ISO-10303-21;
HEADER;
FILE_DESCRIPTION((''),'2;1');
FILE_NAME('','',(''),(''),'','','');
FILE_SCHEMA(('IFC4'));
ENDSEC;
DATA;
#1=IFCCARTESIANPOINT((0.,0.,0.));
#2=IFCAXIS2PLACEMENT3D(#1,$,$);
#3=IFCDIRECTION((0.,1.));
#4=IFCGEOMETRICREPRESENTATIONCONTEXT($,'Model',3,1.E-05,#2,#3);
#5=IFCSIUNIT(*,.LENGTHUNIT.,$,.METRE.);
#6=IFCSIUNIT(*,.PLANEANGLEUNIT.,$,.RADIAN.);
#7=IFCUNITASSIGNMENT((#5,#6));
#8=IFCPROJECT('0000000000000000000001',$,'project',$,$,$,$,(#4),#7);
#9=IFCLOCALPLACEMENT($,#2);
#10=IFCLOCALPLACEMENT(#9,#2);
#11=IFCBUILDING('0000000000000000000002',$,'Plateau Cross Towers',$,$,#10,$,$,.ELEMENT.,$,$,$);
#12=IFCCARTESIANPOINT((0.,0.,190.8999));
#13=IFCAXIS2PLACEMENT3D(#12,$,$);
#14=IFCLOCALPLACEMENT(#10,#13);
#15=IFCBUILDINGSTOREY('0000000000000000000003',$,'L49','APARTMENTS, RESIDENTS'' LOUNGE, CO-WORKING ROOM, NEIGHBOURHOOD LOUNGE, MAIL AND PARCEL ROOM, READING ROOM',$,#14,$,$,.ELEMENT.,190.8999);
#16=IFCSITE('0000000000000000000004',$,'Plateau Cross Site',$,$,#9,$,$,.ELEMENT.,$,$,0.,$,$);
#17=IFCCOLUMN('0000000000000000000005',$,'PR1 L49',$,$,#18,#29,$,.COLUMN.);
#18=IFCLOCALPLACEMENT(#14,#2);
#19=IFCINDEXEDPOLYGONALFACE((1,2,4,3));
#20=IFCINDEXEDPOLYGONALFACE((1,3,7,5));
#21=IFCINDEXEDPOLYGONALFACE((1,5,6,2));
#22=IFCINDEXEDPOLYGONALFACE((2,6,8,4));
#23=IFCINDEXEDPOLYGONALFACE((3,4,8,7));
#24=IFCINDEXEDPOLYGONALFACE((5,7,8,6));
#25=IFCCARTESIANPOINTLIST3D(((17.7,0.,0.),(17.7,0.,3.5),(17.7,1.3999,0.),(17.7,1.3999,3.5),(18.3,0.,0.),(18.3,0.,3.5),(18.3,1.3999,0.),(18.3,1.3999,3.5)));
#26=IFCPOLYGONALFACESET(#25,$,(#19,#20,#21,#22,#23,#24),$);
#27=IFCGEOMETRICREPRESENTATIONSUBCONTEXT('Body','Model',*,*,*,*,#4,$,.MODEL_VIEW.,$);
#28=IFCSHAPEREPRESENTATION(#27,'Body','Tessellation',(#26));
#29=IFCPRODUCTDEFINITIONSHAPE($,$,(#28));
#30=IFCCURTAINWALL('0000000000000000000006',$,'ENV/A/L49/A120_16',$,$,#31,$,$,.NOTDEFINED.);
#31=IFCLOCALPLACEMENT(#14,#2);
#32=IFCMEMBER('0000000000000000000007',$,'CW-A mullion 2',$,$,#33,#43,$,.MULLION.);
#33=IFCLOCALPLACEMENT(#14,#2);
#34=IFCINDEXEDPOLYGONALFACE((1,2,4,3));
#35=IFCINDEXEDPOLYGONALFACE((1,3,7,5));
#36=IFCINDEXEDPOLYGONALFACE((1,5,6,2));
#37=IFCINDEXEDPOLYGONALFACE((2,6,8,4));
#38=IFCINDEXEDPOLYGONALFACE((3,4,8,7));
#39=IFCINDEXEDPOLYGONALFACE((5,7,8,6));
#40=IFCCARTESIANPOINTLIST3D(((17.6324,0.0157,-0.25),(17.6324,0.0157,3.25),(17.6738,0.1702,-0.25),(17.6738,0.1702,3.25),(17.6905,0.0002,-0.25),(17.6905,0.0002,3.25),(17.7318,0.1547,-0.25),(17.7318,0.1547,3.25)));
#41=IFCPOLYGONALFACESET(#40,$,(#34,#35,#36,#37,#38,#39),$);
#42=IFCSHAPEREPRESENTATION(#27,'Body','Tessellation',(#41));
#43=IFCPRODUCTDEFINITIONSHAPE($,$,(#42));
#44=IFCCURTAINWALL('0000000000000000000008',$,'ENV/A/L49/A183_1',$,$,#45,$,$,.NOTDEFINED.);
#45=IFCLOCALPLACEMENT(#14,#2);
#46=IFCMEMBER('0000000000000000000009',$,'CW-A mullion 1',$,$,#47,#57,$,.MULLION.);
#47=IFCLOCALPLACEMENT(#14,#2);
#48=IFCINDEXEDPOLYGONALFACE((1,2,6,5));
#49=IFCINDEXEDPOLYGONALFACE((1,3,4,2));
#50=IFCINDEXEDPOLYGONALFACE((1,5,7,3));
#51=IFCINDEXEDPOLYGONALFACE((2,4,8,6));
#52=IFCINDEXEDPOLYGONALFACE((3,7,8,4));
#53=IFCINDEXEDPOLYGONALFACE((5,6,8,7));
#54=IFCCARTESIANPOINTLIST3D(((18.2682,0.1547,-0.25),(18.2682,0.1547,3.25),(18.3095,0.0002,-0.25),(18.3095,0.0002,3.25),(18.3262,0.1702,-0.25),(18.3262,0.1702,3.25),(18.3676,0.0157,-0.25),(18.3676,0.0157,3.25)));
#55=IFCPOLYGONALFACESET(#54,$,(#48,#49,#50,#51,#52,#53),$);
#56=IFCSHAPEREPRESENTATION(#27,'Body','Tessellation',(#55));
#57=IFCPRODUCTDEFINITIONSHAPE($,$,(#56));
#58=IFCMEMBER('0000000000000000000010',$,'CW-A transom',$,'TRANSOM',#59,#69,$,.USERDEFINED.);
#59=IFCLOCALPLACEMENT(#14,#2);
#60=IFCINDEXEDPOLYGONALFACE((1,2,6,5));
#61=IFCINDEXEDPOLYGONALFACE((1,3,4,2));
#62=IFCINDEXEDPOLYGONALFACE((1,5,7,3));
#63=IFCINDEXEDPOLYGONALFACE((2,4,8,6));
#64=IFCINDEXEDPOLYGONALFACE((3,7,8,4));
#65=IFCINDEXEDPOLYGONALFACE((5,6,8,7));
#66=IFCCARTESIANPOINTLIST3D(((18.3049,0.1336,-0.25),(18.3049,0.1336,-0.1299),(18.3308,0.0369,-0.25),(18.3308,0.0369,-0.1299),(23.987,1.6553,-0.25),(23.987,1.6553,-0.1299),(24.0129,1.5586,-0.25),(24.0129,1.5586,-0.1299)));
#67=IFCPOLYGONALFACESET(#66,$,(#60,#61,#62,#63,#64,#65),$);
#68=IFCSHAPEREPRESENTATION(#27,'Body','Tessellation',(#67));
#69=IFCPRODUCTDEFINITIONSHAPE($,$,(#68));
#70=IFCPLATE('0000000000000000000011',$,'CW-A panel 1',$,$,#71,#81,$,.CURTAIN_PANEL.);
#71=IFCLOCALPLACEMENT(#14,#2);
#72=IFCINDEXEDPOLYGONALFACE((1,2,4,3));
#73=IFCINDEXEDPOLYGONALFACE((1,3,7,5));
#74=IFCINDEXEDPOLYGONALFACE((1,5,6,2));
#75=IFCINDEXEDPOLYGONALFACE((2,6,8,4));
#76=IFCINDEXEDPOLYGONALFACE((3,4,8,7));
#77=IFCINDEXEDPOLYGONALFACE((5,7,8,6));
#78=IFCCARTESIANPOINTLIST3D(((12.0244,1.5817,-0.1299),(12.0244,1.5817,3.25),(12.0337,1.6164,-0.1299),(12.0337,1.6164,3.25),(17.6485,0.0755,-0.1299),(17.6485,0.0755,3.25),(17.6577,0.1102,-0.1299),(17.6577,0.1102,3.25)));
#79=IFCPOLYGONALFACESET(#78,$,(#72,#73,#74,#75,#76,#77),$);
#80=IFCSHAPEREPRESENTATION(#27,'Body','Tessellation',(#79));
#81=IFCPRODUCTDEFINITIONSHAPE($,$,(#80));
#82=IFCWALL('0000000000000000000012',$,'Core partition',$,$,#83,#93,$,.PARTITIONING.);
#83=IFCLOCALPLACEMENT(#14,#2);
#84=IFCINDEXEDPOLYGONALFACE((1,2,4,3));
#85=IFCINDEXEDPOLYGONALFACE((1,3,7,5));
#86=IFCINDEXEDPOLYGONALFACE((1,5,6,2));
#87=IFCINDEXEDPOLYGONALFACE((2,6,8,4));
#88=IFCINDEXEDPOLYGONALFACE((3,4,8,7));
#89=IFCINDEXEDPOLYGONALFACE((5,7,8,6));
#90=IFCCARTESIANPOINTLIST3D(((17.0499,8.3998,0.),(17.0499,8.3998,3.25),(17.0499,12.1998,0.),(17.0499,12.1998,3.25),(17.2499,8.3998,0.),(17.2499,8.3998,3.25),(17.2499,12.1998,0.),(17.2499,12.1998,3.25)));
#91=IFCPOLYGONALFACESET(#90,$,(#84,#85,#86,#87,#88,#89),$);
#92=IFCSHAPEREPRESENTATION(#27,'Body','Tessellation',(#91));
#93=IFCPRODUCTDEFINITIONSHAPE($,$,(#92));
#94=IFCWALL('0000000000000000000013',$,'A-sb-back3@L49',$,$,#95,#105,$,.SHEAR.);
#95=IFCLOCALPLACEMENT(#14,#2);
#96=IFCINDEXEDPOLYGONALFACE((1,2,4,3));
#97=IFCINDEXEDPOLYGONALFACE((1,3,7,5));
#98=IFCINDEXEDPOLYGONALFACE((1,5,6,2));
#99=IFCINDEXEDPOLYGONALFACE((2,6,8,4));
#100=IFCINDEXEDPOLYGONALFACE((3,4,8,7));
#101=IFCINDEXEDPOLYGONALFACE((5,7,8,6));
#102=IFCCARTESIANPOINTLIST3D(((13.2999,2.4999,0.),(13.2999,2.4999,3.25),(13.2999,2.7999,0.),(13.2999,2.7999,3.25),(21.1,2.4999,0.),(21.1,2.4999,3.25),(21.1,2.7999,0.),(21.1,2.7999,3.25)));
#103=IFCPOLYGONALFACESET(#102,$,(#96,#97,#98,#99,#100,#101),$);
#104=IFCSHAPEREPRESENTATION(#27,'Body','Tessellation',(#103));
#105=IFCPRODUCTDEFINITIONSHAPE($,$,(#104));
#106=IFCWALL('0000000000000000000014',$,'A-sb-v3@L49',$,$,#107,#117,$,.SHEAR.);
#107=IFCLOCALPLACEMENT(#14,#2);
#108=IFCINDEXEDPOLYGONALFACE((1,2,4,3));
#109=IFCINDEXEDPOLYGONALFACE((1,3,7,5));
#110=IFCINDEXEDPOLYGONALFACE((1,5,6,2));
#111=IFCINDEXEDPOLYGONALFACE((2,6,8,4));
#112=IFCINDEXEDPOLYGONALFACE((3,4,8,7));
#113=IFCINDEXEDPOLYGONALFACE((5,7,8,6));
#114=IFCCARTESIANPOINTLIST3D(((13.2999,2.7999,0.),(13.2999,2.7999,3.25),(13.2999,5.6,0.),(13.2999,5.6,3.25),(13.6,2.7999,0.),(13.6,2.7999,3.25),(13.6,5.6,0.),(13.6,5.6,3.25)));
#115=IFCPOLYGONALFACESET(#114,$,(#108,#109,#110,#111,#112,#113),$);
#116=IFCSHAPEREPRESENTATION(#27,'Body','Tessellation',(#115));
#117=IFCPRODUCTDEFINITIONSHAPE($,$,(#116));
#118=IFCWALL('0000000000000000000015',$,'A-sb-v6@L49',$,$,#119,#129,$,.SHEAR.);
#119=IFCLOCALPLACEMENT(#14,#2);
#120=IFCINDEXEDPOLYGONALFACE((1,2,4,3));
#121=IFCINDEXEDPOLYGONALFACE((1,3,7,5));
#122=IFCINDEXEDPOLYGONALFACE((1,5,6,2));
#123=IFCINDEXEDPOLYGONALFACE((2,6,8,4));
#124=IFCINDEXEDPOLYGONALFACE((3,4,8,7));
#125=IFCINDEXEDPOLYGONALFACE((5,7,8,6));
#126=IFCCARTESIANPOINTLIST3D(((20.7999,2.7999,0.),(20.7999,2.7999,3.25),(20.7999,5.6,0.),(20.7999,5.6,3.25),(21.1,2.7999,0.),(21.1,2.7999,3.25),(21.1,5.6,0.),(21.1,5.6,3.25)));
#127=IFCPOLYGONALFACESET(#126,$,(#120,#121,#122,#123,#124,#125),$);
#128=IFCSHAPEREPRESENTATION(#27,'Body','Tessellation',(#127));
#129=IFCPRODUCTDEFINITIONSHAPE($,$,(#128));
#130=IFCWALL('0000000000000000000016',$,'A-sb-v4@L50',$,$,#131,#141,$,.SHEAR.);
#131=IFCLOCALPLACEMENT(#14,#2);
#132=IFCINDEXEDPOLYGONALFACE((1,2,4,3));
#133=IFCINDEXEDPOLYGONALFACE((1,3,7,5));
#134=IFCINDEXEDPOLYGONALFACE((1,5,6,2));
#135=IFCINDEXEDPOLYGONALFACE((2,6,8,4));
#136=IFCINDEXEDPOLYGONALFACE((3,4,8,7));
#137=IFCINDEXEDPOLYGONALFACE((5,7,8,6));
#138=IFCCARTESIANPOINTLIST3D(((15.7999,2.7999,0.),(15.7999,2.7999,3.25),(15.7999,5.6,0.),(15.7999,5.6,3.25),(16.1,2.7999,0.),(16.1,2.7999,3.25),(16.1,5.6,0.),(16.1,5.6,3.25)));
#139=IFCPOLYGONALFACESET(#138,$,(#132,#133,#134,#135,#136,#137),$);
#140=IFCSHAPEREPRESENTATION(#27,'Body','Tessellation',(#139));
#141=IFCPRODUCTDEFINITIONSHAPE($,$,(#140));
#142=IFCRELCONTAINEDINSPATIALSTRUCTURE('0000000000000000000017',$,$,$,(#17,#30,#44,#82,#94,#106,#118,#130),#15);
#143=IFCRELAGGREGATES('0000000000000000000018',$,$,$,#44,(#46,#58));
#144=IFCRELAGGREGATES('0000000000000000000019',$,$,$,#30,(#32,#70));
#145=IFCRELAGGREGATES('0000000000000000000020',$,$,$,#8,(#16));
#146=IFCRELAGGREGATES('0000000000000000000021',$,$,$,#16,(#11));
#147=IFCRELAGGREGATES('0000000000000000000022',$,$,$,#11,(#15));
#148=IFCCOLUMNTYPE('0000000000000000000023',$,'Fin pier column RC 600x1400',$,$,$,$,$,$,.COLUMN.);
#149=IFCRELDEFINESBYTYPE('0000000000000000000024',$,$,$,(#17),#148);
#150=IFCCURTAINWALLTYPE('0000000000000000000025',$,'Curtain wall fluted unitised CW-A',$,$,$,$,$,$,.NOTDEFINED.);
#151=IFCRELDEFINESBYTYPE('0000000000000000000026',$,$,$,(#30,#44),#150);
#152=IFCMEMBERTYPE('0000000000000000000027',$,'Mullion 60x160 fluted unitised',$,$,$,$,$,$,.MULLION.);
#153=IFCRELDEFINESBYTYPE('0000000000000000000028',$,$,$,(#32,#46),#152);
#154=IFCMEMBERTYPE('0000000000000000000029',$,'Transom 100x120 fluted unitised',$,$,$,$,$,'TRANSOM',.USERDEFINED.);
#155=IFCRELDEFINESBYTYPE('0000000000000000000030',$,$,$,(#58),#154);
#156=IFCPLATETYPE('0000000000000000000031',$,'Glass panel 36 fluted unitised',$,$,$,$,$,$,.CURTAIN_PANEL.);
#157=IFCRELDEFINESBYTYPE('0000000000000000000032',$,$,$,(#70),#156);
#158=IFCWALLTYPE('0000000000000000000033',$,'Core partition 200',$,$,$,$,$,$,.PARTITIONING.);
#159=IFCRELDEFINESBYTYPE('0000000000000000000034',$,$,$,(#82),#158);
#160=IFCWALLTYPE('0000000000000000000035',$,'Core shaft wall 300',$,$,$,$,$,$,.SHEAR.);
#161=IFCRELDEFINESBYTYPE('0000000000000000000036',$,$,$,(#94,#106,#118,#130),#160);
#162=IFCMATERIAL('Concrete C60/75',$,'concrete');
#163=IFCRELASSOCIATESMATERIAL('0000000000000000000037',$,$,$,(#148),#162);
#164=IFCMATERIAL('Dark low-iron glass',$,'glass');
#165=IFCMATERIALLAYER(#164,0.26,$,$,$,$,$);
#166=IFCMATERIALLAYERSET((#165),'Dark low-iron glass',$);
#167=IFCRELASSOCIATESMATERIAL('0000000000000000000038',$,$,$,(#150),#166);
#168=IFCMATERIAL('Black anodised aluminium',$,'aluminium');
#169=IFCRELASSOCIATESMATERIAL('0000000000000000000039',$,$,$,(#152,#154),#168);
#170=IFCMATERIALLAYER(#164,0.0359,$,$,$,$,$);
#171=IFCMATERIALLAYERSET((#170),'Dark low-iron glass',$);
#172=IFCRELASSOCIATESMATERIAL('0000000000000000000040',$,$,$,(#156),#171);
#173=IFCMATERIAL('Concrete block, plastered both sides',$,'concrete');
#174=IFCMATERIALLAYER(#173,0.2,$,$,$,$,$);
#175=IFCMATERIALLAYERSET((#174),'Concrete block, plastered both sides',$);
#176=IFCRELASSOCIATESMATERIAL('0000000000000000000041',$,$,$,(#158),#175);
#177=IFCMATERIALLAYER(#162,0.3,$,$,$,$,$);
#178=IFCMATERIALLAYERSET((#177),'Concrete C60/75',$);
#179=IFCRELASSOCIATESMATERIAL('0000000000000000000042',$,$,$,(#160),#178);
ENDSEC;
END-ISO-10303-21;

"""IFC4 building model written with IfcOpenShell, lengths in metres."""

from ifc_helpers import new_model, si_unit, direction, frame, frame_2d, origin, origin_2d, place, context, subcontext, project, spatial, rectangle, extrude, material, layer, layer_set, material_profile, profile_set, type_object, element, aggregate, save


model = new_model("IFC4")

# Units and contexts
model_context = context("Model", 3, precision=1e-05, world=origin(), true_north=direction((0.0, 1.0)))
body_context = subcontext(model_context, "Body", "Model", "MODEL_VIEW")
ifc_project = project(units=[si_unit("LENGTHUNIT", "METRE"), si_unit("PLANEANGLEUNIT", "RADIAN")], contexts=[model_context])

# Site, building, storey
site_placement = place(None, origin())
site = spatial("IfcSite", under=ifc_project, at=site_placement, Name="Plateau Cross Site", CompositionType="ELEMENT", RefElevation=0.0)
building_placement = place(site_placement, origin())
building = spatial("IfcBuilding", under=site, at=building_placement, Name="Plateau Cross Towers", CompositionType="ELEMENT")
storey_placement = place(building_placement, frame((0.0, 0.0, 190.8999)))
storey = spatial("IfcBuildingStorey", under=building, at=storey_placement, Name="L49", Description="APARTMENTS, RESIDENTS' LOUNGE, CO-WORKING ROOM, NEIGHBOURHOOD LOUNGE, MAIL AND PARCEL ROOM, READING ROOM", CompositionType="ELEMENT", Elevation=190.8999)

# Column
ifc_material_1 = material(Name="Concrete C60/75", Category="concrete")
ifc_material_profile_1 = material_profile(ifc_material_1, rectangle(XDim=0.6001, YDim=1.3999, at=origin_2d()), Name="RC 600x1400")
ifc_profile_set_1 = profile_set([ifc_material_profile_1], Name="Concrete C60/75")
column_type = type_object("IfcColumnType", Name="Fin pier column RC 600x1400", PredefinedType="COLUMN", material=ifc_profile_set_1)
column_placement = place(storey_placement, frame((18.0, 0.7, 0.0), z_axis=(0.0, 0.0, 1.0), x_axis=(1.0, 0.0, 0.0)))
element("IfcColumn", 1, at=column_placement, inside=storey, type_object=column_type, Name="PR1 L49", PredefinedType="COLUMN", context=body_context, shape_type="SweptSolid", body=[
    extrude(rectangle(XDim=0.6001, YDim=1.3999, at=origin_2d()), origin(), (0.0, 0.0, 1.0), 3.5),
])

# Curtain wall, member
ifc_material_2 = material(Name="Dark low-iron glass", Category="glass")
ifc_layer_1 = layer(ifc_material_2, 0.26)
ifc_layer_set_1 = layer_set([ifc_layer_1], Name="Dark low-iron glass")
curtain_wall_type = type_object("IfcCurtainWallType", Name="Curtain wall fluted unitised CW-A", PredefinedType="NOTDEFINED", material=ifc_layer_set_1)
curtain_wall_1_placement = place(storey_placement, origin())
curtain_wall_1 = element("IfcCurtainWall", 2, at=curtain_wall_1_placement, inside=storey, type_object=curtain_wall_type, Name="ENV/A/L49/A120_16", PredefinedType="NOTDEFINED")
ifc_material_3 = material(Name="Black anodised aluminium", Category="aluminium")
ifc_material_profile_2 = material_profile(ifc_material_3, rectangle(XDim=0.0601, YDim=0.1599, at=origin_2d()), Name="MULLION 60x160")
ifc_profile_set_2 = profile_set([ifc_material_profile_2], Name="Black anodised aluminium")
member_type_1 = type_object("IfcMemberType", Name="Mullion 60x160 fluted unitised", PredefinedType="MULLION", material=ifc_profile_set_2)
member_1_placement = place(storey_placement, frame((17.6821, 0.0852, -0.25), z_axis=(0.0, 0.0, 1.0), x_axis=(0.965958, -0.258699, 0.0)))
member_1 = element("IfcMember", 3, at=member_1_placement, type_object=member_type_1, Name="CW-A mullion 2", PredefinedType="MULLION", context=body_context, shape_type="SweptSolid", body=[
    extrude(rectangle(XDim=0.0601, YDim=0.1599, at=origin_2d()), origin(), (0.0, 0.0, 1.0), 3.5),
])

# Curtain wall, members
curtain_wall_2_placement = place(storey_placement, origin())
curtain_wall_2 = element("IfcCurtainWall", 4, at=curtain_wall_2_placement, inside=storey, type_object=curtain_wall_type, Name="ENV/A/L49/A183_1", PredefinedType="NOTDEFINED")
member_2_placement = place(storey_placement, frame((18.3179, 0.0852, -0.25), z_axis=(0.0, 0.0, 1.0), x_axis=(0.965958, 0.258699, 0.0)))
member_2 = element("IfcMember", 5, at=member_2_placement, type_object=member_type_1, Name="CW-A mullion 1", PredefinedType="MULLION", context=body_context, shape_type="SweptSolid", body=[
    extrude(rectangle(XDim=0.0601, YDim=0.1599, at=origin_2d()), origin(), (0.0, 0.0, 1.0), 3.5),
])
ifc_material_profile_3 = material_profile(ifc_material_3, rectangle(XDim=0.1001, YDim=0.1201, at=origin_2d()), Name="TRANSOM 100x120")
ifc_profile_set_3 = profile_set([ifc_material_profile_3], Name="Black anodised aluminium")
member_type_2 = type_object("IfcMemberType", Name="Transom 100x120 fluted unitised", ElementType="TRANSOM", PredefinedType="USERDEFINED", material=ifc_profile_set_3)
member_3_placement = place(storey_placement, frame((18.3179, 0.0852, -0.1899), z_axis=(0.96596, 0.258693, 0.0), x_axis=(-0.258693, 0.96596, 0.0)))
member_3 = element("IfcMember", 6, at=member_3_placement, type_object=member_type_2, Name="CW-A transom", ObjectType="TRANSOM", PredefinedType="USERDEFINED", context=body_context, shape_type="SweptSolid", body=[
    extrude(rectangle(XDim=0.1001, YDim=0.1201, at=origin_2d()), origin(), (0.0, 0.0, 1.0), 5.8823),
])
aggregate(curtain_wall_2, [member_2, member_3])

# Plate
ifc_layer_2 = layer(ifc_material_2, 0.0359)
ifc_layer_set_2 = layer_set([ifc_layer_2], Name="Dark low-iron glass")
plate_type = type_object("IfcPlateType", Name="Glass panel 36 fluted unitised", PredefinedType="CURTAIN_PANEL", material=ifc_layer_set_2)
plate_placement = place(storey_placement, frame((14.8411, 0.8459, -0.1299), z_axis=(0.0, 0.0, 1.0), x_axis=(0.965958, -0.258699, 0.0)))
plate = element("IfcPlate", 7, at=plate_placement, type_object=plate_type, Name="CW-A panel 1", PredefinedType="CURTAIN_PANEL", context=body_context, shape_type="SweptSolid", body=[
    extrude(rectangle(XDim=5.8223, YDim=0.0359, at=origin_2d()), origin(), (0.0, 0.0, 1.0), 3.3799),
])
aggregate(curtain_wall_1, [member_1, plate])

# Walls
ifc_material_4 = material(Name="Concrete block, plastered both sides", Category="concrete")
ifc_layer_3 = layer(ifc_material_4, 0.2)
ifc_layer_set_3 = layer_set([ifc_layer_3], Name="Concrete block, plastered both sides")
wall_type_1 = type_object("IfcWallType", Name="Core partition 200", PredefinedType="PARTITIONING", material=ifc_layer_set_3)
wall_1_placement = place(storey_placement, frame((17.1499, 8.3999, 0.0), z_axis=(0.0, 0.0, 1.0), x_axis=(0.0, 1.0, 0.0)))
element("IfcWall", 8, at=wall_1_placement, inside=storey, type_object=wall_type_1, Name="Core partition", PredefinedType="PARTITIONING", context=body_context, shape_type="SweptSolid", body=[
    extrude(rectangle(XDim=3.8, YDim=0.2, at=frame_2d((1.8999, 0.0))), origin(), (0.0, 0.0, 1.0), 3.25),
])
ifc_layer_4 = layer(ifc_material_1, 0.3)
ifc_layer_set_4 = layer_set([ifc_layer_4], Name="Concrete C60/75")
wall_type_2 = type_object("IfcWallType", Name="Core shaft wall 300", PredefinedType="SHEAR", material=ifc_layer_set_4)
wall_2_placement = place(storey_placement, frame((13.3, 2.6499, 0.0), z_axis=(0.0, 0.0, 1.0), x_axis=(1.0, 0.0, 0.0)))
element("IfcWall", 9, at=wall_2_placement, inside=storey, type_object=wall_type_2, Name="A-sb-back3@L49", PredefinedType="SHEAR", context=body_context, shape_type="SweptSolid", body=[
    extrude(rectangle(XDim=7.8, YDim=0.3, at=frame_2d((3.8999, 0.0))), origin(), (0.0, 0.0, 1.0), 3.25),
])
for number, where, z_axis, x_axis, name in (
    (10, (13.45, 2.8, 0.0), (0.0, 0.0, 1.0), (0.0, 1.0, 0.0), "A-sb-v3@L49"),
    (11, (20.95, 2.8, 0.0), (0.0, 0.0, 1.0), (0.0, 1.0, 0.0), "A-sb-v6@L49"),
    (12, (15.95, 2.8, 0.0), (0.0, 0.0, 1.0), (0.0, 1.0, 0.0), "A-sb-v4@L50"),
):
    element("IfcWall", number, at=place(storey_placement, frame(where, z_axis=z_axis, x_axis=x_axis)), inside=storey, type_object=wall_type_2, Name=name, PredefinedType="SHEAR", context=body_context, shape_type="SweptSolid", body=[
        extrude(rectangle(XDim=2.8, YDim=0.3, at=frame_2d((1.3999, 0.0))), origin(), (0.0, 0.0, 1.0), 3.25),
    ])

save(model, "model.ifc")
